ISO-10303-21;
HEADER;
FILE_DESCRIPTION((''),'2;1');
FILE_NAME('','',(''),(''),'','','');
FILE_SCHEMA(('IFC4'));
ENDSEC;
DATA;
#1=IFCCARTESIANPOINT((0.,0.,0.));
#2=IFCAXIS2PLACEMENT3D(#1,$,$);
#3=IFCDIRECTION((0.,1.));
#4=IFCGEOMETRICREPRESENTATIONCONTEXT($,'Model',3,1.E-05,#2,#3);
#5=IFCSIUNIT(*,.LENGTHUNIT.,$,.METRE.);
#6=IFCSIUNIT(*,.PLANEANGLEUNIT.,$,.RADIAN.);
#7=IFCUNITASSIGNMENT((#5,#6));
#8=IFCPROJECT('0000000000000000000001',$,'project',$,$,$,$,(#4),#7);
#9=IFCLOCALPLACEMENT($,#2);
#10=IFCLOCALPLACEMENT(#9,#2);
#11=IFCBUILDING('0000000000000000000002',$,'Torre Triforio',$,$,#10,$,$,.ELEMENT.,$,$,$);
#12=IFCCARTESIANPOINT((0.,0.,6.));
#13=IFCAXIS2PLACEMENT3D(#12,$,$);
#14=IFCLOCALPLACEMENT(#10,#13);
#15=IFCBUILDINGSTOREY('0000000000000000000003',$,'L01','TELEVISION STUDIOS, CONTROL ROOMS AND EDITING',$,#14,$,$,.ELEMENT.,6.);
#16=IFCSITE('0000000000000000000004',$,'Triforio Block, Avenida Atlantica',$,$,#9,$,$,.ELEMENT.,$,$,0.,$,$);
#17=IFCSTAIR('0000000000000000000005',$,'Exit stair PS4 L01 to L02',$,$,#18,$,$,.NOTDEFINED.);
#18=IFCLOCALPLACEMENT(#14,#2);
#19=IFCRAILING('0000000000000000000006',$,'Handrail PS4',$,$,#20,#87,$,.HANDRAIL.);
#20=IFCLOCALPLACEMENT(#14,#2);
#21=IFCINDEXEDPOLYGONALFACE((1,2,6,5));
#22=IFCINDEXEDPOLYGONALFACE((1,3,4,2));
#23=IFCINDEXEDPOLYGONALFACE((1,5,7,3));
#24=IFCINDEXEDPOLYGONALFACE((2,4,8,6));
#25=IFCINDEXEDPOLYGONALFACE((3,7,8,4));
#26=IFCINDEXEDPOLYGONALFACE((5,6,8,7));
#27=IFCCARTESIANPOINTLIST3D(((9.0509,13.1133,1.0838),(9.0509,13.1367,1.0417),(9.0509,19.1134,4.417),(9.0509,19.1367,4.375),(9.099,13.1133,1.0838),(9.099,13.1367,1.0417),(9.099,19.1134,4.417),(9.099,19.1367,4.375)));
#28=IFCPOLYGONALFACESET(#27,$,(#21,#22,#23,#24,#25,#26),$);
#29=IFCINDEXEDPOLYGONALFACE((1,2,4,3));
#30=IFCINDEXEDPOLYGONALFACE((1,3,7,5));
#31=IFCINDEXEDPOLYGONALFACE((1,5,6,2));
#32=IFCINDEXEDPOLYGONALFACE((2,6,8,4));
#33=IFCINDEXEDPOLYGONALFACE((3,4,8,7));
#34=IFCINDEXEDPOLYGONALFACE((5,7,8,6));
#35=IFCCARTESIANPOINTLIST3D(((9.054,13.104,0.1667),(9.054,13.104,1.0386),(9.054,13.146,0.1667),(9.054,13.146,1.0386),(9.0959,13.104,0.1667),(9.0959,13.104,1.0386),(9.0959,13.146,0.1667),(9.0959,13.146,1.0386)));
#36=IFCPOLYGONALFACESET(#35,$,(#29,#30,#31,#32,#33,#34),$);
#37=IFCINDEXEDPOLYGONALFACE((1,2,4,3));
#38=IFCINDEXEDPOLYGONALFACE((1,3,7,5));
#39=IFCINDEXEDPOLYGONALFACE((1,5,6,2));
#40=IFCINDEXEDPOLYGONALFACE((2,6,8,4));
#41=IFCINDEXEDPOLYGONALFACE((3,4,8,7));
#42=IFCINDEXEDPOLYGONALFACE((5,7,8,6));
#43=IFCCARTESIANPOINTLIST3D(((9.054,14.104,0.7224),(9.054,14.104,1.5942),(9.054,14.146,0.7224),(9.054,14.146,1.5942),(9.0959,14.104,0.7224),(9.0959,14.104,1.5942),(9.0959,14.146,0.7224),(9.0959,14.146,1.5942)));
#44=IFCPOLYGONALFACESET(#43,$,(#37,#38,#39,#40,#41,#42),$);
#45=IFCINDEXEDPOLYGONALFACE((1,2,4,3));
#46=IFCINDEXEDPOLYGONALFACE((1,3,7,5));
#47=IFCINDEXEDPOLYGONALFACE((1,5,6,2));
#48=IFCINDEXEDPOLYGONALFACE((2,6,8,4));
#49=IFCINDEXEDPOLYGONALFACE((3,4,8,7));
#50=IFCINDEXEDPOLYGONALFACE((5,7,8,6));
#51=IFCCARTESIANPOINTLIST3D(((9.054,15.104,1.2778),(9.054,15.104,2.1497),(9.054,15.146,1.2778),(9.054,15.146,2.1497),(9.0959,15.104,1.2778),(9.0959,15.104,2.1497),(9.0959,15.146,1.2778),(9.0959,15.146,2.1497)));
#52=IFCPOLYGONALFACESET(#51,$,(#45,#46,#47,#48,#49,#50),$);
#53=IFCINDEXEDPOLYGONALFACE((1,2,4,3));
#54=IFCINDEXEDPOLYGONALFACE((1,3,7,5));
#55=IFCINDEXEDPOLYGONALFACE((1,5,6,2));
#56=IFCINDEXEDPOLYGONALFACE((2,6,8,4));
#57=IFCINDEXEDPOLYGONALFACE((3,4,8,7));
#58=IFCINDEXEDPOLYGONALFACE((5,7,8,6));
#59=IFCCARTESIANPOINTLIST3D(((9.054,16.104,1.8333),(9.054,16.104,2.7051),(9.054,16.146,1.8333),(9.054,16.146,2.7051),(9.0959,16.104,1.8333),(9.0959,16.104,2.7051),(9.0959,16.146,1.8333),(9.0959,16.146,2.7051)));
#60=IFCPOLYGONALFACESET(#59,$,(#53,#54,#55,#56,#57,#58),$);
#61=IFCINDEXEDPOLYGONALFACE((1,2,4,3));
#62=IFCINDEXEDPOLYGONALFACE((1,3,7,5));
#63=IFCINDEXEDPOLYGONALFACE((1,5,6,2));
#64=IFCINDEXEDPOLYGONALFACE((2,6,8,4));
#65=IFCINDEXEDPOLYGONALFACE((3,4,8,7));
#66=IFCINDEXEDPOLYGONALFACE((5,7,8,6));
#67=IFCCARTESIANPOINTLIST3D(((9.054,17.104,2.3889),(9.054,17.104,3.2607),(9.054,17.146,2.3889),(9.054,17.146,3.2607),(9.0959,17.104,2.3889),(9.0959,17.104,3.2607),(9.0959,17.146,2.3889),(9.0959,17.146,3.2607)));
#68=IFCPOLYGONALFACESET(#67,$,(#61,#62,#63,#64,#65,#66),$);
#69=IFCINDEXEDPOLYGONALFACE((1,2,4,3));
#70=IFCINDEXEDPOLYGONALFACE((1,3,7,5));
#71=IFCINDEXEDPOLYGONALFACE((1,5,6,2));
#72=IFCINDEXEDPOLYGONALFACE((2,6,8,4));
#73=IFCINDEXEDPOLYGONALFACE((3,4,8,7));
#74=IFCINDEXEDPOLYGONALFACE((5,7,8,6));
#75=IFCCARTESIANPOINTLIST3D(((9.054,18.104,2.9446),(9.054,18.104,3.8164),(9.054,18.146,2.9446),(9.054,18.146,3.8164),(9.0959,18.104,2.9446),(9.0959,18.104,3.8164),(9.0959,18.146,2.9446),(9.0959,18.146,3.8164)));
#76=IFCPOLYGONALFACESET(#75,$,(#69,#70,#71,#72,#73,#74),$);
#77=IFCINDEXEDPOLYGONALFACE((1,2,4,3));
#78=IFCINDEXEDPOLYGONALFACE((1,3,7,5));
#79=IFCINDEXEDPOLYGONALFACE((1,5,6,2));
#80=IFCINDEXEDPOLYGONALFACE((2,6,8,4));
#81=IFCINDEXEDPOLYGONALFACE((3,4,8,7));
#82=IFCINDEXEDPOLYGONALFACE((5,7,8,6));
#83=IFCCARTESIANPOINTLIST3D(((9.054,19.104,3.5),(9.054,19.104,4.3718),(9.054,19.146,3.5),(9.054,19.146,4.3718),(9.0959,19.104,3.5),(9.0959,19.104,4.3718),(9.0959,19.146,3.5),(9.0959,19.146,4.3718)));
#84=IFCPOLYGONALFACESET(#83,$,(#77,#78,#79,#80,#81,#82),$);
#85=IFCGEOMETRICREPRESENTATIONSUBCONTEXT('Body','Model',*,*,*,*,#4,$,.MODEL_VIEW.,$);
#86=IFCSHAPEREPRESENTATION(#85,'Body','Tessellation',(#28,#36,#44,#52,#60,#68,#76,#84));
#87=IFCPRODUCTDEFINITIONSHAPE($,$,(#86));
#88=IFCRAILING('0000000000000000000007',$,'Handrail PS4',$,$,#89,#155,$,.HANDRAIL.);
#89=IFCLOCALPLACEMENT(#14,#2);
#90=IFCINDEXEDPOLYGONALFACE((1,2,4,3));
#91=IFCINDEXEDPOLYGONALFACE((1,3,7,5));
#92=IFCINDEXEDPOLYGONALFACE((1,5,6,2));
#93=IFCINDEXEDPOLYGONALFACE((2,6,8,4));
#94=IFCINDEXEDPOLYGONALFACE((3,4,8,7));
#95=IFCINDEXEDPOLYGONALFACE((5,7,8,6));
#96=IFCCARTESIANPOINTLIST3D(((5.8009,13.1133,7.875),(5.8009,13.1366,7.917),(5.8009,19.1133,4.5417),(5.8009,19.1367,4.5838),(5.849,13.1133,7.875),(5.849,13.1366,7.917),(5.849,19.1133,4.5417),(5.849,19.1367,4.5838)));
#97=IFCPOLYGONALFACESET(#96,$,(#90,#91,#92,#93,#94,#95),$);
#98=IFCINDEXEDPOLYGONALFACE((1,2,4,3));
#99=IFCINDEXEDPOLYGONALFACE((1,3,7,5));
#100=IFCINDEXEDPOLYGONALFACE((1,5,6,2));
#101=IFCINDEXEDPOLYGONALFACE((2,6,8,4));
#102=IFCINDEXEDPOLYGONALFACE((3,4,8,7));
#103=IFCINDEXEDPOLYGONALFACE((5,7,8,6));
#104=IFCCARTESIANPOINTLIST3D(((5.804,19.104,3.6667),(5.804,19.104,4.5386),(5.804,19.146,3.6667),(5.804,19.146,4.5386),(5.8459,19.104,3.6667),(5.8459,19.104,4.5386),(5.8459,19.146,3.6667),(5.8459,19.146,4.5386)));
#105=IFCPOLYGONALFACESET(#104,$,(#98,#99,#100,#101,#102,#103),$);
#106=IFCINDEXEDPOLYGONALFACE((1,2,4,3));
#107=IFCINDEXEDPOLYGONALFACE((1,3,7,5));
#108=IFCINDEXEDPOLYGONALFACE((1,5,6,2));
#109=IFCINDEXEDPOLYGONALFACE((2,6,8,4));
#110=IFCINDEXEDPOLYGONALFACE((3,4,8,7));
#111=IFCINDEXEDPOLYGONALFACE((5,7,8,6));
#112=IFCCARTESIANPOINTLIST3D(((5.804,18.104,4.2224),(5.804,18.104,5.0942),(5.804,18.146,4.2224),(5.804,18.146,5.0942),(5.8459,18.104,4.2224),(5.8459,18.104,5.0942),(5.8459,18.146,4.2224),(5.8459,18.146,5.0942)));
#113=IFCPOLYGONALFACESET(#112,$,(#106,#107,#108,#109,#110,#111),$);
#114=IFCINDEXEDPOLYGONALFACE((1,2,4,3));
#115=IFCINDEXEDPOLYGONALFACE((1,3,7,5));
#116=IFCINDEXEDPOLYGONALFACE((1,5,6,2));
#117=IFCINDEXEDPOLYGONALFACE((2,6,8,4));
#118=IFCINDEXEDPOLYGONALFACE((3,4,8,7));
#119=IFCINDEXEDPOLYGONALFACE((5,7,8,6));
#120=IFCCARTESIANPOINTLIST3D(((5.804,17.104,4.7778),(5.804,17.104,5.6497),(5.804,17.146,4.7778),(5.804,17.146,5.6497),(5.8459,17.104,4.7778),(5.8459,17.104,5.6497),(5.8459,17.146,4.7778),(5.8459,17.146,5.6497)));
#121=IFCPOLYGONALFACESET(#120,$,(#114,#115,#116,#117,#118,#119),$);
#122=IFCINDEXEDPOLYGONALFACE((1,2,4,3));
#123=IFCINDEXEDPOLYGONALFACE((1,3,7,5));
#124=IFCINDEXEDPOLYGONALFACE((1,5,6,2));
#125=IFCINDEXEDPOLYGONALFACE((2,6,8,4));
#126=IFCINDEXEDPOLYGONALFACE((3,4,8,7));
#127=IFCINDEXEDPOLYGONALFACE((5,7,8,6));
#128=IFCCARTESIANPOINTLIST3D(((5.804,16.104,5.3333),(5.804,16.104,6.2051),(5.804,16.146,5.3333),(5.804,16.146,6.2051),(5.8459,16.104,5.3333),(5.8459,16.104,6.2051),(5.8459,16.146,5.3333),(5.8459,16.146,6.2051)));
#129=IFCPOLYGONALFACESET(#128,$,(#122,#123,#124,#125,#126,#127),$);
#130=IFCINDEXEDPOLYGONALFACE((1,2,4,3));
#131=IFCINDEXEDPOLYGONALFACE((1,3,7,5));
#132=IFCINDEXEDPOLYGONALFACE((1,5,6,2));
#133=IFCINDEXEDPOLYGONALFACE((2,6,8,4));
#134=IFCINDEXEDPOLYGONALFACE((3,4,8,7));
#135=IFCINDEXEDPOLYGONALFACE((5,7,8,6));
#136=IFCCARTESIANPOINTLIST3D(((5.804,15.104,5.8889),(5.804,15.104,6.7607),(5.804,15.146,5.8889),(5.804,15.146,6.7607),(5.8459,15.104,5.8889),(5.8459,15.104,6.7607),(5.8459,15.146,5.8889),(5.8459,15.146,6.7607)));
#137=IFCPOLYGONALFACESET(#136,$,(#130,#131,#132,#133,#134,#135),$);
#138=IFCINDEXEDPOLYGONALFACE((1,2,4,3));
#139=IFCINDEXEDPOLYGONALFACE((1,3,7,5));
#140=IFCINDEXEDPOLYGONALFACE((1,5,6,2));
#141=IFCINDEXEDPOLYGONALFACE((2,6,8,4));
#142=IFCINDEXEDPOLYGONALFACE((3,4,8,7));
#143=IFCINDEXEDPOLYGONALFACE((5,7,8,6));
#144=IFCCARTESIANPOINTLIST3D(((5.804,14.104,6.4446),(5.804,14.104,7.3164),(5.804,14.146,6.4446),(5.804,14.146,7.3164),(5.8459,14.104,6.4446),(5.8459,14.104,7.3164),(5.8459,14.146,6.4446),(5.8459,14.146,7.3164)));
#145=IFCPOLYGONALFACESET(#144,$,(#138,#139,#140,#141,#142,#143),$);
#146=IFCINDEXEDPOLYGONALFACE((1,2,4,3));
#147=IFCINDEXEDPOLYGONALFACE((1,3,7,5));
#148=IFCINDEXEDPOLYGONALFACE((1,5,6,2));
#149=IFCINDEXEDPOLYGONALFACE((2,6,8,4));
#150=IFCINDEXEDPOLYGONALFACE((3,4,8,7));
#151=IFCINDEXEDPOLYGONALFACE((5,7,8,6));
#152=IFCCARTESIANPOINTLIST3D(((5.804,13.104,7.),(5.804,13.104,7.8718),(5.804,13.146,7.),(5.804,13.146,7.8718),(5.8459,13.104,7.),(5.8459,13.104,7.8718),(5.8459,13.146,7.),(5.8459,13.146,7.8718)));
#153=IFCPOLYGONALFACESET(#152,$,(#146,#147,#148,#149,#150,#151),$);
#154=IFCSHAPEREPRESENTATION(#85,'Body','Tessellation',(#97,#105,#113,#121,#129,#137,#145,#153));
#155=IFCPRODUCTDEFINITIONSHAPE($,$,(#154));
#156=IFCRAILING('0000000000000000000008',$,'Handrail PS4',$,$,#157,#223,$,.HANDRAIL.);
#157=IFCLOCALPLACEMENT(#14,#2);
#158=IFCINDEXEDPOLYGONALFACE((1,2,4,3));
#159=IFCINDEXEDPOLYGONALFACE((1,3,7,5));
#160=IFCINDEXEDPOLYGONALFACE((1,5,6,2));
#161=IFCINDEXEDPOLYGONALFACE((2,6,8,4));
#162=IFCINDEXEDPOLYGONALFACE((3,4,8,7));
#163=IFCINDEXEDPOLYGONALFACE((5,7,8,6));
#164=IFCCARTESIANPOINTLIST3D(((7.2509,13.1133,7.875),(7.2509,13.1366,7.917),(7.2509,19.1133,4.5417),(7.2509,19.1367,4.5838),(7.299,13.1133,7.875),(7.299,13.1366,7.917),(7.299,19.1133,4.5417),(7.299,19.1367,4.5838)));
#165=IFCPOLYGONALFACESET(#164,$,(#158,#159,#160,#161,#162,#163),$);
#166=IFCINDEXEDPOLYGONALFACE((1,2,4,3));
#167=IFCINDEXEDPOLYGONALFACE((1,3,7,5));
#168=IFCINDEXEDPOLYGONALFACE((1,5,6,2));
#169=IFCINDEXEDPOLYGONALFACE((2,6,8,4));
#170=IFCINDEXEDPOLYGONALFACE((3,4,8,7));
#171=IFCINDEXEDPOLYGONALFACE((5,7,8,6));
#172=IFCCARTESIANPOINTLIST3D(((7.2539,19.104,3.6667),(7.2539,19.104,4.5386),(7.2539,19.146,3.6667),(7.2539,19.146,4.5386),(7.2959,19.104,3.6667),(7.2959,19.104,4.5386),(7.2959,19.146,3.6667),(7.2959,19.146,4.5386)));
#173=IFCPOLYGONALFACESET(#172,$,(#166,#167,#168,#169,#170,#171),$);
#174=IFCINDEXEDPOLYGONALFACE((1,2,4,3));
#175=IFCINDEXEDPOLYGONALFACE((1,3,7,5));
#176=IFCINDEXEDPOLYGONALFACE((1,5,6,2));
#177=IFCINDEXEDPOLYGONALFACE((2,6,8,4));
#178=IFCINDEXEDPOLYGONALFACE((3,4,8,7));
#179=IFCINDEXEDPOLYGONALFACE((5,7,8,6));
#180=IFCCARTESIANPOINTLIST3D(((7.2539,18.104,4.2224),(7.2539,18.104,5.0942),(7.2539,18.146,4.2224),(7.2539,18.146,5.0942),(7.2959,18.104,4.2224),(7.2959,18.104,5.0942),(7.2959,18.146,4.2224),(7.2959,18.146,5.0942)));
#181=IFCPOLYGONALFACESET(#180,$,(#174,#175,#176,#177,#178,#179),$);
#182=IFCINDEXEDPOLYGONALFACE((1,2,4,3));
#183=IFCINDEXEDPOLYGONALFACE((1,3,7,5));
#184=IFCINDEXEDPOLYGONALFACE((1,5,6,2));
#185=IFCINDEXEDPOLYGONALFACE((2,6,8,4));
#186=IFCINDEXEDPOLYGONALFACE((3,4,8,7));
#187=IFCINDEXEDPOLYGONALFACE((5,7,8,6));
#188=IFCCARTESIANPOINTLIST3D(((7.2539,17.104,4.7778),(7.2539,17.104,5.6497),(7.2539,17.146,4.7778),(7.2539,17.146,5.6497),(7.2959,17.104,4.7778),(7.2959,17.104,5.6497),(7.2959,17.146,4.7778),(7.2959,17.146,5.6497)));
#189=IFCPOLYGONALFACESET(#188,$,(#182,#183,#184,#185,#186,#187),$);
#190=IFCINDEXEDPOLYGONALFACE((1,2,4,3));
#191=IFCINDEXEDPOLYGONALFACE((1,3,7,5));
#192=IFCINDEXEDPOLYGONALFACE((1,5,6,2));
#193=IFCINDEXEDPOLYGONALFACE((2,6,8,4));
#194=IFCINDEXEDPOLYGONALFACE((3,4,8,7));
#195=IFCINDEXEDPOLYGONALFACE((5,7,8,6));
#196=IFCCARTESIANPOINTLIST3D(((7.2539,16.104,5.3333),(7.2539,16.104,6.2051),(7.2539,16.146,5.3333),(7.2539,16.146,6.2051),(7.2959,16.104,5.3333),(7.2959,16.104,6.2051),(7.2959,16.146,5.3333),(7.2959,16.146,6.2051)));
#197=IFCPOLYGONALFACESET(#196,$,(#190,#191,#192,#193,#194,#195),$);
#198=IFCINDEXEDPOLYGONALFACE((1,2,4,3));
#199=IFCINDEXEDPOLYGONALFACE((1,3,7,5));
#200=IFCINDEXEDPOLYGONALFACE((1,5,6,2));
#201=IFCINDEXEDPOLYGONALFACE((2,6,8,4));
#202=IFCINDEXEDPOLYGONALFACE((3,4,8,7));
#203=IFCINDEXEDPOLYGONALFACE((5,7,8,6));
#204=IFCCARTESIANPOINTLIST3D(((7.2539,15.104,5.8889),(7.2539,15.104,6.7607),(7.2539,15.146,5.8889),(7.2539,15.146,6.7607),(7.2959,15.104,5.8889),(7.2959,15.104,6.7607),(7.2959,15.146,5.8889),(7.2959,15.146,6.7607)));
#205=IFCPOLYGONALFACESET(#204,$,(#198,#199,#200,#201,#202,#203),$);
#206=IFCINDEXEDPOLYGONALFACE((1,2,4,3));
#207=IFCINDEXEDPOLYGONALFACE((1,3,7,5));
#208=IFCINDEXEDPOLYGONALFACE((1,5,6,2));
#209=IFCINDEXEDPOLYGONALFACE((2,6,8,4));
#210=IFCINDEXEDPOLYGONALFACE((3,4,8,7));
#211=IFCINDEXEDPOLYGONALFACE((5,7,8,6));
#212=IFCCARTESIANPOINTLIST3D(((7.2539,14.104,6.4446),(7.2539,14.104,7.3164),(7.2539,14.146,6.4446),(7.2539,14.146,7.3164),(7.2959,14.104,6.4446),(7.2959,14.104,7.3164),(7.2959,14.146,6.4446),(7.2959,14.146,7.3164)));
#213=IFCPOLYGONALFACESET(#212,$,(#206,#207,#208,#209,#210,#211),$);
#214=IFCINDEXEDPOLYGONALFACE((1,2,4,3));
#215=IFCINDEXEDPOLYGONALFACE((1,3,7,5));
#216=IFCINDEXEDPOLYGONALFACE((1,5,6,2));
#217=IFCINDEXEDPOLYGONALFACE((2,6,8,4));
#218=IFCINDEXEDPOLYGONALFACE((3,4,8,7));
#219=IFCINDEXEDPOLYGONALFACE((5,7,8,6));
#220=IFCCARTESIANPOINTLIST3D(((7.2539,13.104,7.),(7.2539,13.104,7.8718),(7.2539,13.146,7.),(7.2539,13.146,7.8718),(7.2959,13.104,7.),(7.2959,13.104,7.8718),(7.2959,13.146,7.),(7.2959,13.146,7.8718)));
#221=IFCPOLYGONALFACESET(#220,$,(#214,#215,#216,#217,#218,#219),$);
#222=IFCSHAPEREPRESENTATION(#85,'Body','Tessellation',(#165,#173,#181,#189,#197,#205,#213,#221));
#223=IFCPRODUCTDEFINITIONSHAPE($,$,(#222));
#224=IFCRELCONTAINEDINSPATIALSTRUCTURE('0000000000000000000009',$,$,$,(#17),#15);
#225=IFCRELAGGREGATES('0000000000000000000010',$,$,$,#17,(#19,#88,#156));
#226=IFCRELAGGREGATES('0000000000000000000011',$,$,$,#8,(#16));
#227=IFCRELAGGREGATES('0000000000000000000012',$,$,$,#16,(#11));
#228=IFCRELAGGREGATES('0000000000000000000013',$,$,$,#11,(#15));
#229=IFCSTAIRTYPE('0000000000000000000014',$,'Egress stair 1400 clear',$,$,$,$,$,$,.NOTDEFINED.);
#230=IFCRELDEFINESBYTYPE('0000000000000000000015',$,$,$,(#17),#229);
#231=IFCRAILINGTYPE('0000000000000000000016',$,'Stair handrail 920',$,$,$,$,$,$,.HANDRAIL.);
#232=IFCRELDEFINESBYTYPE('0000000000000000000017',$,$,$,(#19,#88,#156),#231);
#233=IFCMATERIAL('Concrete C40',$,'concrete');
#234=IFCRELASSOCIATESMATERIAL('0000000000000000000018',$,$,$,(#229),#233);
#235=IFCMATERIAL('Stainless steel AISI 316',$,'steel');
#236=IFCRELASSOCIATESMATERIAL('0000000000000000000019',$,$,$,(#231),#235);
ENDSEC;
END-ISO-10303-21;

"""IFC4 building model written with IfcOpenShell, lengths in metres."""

from ifc_helpers import new_model, si_unit, direction, frame, origin, origin_2d, place, context, subcontext, project, spatial, rectangle, extrude, material, type_object, element, aggregate, save


model = new_model("IFC4")

# Units and contexts
model_context = context("Model", 3, precision=1e-05, world=origin(), true_north=direction((0.0, 1.0)))
body_context = subcontext(model_context, "Body", "Model", "MODEL_VIEW")
ifc_project = project(units=[si_unit("LENGTHUNIT", "METRE"), si_unit("PLANEANGLEUNIT", "RADIAN")], contexts=[model_context])

# Site, building, storey
site_placement = place(None, origin())
site = spatial("IfcSite", under=ifc_project, at=site_placement, Name="Triforio Block, Avenida Atlantica", CompositionType="ELEMENT", RefElevation=0.0)
building_placement = place(site_placement, origin())
building = spatial("IfcBuilding", under=site, at=building_placement, Name="Torre Triforio", CompositionType="ELEMENT")
storey_placement = place(building_placement, frame((0.0, 0.0, 6.0)))
storey = spatial("IfcBuildingStorey", under=building, at=storey_placement, Name="L01", Description="TELEVISION STUDIOS, CONTROL ROOMS AND EDITING", CompositionType="ELEMENT", Elevation=6.0)

# Shared definitions
ifc_material_1 = material(Name="Concrete C40", Category="concrete")

# Stair
stair_type_1 = type_object("IfcStairType", Name="Egress stair 1400 clear", PredefinedType="NOTDEFINED", material=ifc_material_1)
stair_1_placement = place(storey_placement, origin())
stair_1 = element("IfcStair", 1, at=stair_1_placement, inside=storey, type_object=stair_type_1, Name="Exit stair PS4 L01 to L02", PredefinedType="NOTDEFINED")

# Shared definitions
ifc_material_2 = material(Name="Stainless steel AISI 316", Category="steel")

# Railings
railing_type_1 = type_object("IfcRailingType", Name="Stair handrail 920", PredefinedType="HANDRAIL", material=ifc_material_2)
railing_1_placement = place(storey_placement, frame((9.075, 13.125, 0.1667)))
railing_1 = element("IfcRailing", 2, at=railing_1_placement, type_object=railing_type_1, Name="Handrail PS4", PredefinedType="HANDRAIL", context=body_context, shape_type="SweptSolid", body=[
    extrude(rectangle(XDim=0.0481, YDim=0.0481, at=origin_2d()), frame((0.0, 0.0, 0.896), z_axis=(0.0, 0.874162, 0.485634), x_axis=(-1.0, 0.0, 0.0)), (0.0, 0.0, 1.0), 6.8638),
    extrude(rectangle(XDim=0.042, YDim=0.042, at=origin_2d()), origin(), (0.0, 0.0, 1.0), 0.8718),
    extrude(rectangle(XDim=0.042, YDim=0.042, at=origin_2d()), frame((0.0, 1.0, 0.5557)), (0.0, 0.0, 1.0), 0.8718),
    extrude(rectangle(XDim=0.042, YDim=0.042, at=origin_2d()), frame((0.0, 2.0, 1.1111)), (0.0, 0.0, 1.0), 0.8718),
    extrude(rectangle(XDim=0.042, YDim=0.042, at=origin_2d()), frame((0.0, 3.0, 1.6665)), (0.0, 0.0, 1.0), 0.8718),
    extrude(rectangle(XDim=0.042, YDim=0.042, at=origin_2d()), frame((0.0, 4.0, 2.2222)), (0.0, 0.0, 1.0), 0.8718),
    extrude(rectangle(XDim=0.042, YDim=0.042, at=origin_2d()), frame((0.0, 5.0, 2.7778)), (0.0, 0.0, 1.0), 0.8718),
    extrude(rectangle(XDim=0.042, YDim=0.042, at=origin_2d()), frame((0.0, 6.0, 3.3333)), (0.0, 0.0, 1.0), 0.8718),
])
railing_2_placement = place(storey_placement, frame((5.825, 19.125, 3.6667)))
railing_2 = element("IfcRailing", 3, at=railing_2_placement, type_object=railing_type_1, Name="Handrail PS4", PredefinedType="HANDRAIL", context=body_context, shape_type="SweptSolid", body=[
    extrude(rectangle(XDim=0.0481, YDim=0.0481, at=origin_2d()), frame((0.0, 0.0, 0.896), z_axis=(0.0, -0.874162, 0.485634), x_axis=(1.0, 0.0, 0.0)), (0.0, 0.0, 1.0), 6.8638),
    extrude(rectangle(XDim=0.042, YDim=0.042, at=origin_2d()), origin(), (0.0, 0.0, 1.0), 0.8718),
    extrude(rectangle(XDim=0.042, YDim=0.042, at=origin_2d()), frame((0.0, -1.0, 0.5557)), (0.0, 0.0, 1.0), 0.8718),
    extrude(rectangle(XDim=0.042, YDim=0.042, at=origin_2d()), frame((0.0, -2.0, 1.1111)), (0.0, 0.0, 1.0), 0.8718),
    extrude(rectangle(XDim=0.042, YDim=0.042, at=origin_2d()), frame((0.0, -3.0, 1.6665)), (0.0, 0.0, 1.0), 0.8718),
    extrude(rectangle(XDim=0.042, YDim=0.042, at=origin_2d()), frame((0.0, -4.0, 2.2222)), (0.0, 0.0, 1.0), 0.8718),
    extrude(rectangle(XDim=0.042, YDim=0.042, at=origin_2d()), frame((0.0, -5.0, 2.7778)), (0.0, 0.0, 1.0), 0.8718),
    extrude(rectangle(XDim=0.042, YDim=0.042, at=origin_2d()), frame((0.0, -6.0, 3.3333)), (0.0, 0.0, 1.0), 0.8718),
])
railing_3_placement = place(storey_placement, frame((7.2749, 19.125, 3.6667)))
railing_3 = element("IfcRailing", 4, at=railing_3_placement, type_object=railing_type_1, Name="Handrail PS4", PredefinedType="HANDRAIL", context=body_context, shape_type="SweptSolid", body=[
    extrude(rectangle(XDim=0.0481, YDim=0.0481, at=origin_2d()), frame((0.0, 0.0, 0.896), z_axis=(0.0, -0.874162, 0.485634), x_axis=(1.0, 0.0, 0.0)), (0.0, 0.0, 1.0), 6.8638),
    extrude(rectangle(XDim=0.042, YDim=0.042, at=origin_2d()), origin(), (0.0, 0.0, 1.0), 0.8718),
    extrude(rectangle(XDim=0.042, YDim=0.042, at=origin_2d()), frame((0.0, -1.0, 0.5557)), (0.0, 0.0, 1.0), 0.8718),
    extrude(rectangle(XDim=0.042, YDim=0.042, at=origin_2d()), frame((0.0, -2.0, 1.1111)), (0.0, 0.0, 1.0), 0.8718),
    extrude(rectangle(XDim=0.042, YDim=0.042, at=origin_2d()), frame((0.0, -3.0, 1.6665)), (0.0, 0.0, 1.0), 0.8718),
    extrude(rectangle(XDim=0.042, YDim=0.042, at=origin_2d()), frame((0.0, -4.0, 2.2222)), (0.0, 0.0, 1.0), 0.8718),
    extrude(rectangle(XDim=0.042, YDim=0.042, at=origin_2d()), frame((0.0, -5.0, 2.7778)), (0.0, 0.0, 1.0), 0.8718),
    extrude(rectangle(XDim=0.042, YDim=0.042, at=origin_2d()), frame((0.0, -6.0, 3.3333)), (0.0, 0.0, 1.0), 0.8718),
])
aggregate(stair_1, [railing_1, railing_2, railing_3])

save(model, "model.ifc")
